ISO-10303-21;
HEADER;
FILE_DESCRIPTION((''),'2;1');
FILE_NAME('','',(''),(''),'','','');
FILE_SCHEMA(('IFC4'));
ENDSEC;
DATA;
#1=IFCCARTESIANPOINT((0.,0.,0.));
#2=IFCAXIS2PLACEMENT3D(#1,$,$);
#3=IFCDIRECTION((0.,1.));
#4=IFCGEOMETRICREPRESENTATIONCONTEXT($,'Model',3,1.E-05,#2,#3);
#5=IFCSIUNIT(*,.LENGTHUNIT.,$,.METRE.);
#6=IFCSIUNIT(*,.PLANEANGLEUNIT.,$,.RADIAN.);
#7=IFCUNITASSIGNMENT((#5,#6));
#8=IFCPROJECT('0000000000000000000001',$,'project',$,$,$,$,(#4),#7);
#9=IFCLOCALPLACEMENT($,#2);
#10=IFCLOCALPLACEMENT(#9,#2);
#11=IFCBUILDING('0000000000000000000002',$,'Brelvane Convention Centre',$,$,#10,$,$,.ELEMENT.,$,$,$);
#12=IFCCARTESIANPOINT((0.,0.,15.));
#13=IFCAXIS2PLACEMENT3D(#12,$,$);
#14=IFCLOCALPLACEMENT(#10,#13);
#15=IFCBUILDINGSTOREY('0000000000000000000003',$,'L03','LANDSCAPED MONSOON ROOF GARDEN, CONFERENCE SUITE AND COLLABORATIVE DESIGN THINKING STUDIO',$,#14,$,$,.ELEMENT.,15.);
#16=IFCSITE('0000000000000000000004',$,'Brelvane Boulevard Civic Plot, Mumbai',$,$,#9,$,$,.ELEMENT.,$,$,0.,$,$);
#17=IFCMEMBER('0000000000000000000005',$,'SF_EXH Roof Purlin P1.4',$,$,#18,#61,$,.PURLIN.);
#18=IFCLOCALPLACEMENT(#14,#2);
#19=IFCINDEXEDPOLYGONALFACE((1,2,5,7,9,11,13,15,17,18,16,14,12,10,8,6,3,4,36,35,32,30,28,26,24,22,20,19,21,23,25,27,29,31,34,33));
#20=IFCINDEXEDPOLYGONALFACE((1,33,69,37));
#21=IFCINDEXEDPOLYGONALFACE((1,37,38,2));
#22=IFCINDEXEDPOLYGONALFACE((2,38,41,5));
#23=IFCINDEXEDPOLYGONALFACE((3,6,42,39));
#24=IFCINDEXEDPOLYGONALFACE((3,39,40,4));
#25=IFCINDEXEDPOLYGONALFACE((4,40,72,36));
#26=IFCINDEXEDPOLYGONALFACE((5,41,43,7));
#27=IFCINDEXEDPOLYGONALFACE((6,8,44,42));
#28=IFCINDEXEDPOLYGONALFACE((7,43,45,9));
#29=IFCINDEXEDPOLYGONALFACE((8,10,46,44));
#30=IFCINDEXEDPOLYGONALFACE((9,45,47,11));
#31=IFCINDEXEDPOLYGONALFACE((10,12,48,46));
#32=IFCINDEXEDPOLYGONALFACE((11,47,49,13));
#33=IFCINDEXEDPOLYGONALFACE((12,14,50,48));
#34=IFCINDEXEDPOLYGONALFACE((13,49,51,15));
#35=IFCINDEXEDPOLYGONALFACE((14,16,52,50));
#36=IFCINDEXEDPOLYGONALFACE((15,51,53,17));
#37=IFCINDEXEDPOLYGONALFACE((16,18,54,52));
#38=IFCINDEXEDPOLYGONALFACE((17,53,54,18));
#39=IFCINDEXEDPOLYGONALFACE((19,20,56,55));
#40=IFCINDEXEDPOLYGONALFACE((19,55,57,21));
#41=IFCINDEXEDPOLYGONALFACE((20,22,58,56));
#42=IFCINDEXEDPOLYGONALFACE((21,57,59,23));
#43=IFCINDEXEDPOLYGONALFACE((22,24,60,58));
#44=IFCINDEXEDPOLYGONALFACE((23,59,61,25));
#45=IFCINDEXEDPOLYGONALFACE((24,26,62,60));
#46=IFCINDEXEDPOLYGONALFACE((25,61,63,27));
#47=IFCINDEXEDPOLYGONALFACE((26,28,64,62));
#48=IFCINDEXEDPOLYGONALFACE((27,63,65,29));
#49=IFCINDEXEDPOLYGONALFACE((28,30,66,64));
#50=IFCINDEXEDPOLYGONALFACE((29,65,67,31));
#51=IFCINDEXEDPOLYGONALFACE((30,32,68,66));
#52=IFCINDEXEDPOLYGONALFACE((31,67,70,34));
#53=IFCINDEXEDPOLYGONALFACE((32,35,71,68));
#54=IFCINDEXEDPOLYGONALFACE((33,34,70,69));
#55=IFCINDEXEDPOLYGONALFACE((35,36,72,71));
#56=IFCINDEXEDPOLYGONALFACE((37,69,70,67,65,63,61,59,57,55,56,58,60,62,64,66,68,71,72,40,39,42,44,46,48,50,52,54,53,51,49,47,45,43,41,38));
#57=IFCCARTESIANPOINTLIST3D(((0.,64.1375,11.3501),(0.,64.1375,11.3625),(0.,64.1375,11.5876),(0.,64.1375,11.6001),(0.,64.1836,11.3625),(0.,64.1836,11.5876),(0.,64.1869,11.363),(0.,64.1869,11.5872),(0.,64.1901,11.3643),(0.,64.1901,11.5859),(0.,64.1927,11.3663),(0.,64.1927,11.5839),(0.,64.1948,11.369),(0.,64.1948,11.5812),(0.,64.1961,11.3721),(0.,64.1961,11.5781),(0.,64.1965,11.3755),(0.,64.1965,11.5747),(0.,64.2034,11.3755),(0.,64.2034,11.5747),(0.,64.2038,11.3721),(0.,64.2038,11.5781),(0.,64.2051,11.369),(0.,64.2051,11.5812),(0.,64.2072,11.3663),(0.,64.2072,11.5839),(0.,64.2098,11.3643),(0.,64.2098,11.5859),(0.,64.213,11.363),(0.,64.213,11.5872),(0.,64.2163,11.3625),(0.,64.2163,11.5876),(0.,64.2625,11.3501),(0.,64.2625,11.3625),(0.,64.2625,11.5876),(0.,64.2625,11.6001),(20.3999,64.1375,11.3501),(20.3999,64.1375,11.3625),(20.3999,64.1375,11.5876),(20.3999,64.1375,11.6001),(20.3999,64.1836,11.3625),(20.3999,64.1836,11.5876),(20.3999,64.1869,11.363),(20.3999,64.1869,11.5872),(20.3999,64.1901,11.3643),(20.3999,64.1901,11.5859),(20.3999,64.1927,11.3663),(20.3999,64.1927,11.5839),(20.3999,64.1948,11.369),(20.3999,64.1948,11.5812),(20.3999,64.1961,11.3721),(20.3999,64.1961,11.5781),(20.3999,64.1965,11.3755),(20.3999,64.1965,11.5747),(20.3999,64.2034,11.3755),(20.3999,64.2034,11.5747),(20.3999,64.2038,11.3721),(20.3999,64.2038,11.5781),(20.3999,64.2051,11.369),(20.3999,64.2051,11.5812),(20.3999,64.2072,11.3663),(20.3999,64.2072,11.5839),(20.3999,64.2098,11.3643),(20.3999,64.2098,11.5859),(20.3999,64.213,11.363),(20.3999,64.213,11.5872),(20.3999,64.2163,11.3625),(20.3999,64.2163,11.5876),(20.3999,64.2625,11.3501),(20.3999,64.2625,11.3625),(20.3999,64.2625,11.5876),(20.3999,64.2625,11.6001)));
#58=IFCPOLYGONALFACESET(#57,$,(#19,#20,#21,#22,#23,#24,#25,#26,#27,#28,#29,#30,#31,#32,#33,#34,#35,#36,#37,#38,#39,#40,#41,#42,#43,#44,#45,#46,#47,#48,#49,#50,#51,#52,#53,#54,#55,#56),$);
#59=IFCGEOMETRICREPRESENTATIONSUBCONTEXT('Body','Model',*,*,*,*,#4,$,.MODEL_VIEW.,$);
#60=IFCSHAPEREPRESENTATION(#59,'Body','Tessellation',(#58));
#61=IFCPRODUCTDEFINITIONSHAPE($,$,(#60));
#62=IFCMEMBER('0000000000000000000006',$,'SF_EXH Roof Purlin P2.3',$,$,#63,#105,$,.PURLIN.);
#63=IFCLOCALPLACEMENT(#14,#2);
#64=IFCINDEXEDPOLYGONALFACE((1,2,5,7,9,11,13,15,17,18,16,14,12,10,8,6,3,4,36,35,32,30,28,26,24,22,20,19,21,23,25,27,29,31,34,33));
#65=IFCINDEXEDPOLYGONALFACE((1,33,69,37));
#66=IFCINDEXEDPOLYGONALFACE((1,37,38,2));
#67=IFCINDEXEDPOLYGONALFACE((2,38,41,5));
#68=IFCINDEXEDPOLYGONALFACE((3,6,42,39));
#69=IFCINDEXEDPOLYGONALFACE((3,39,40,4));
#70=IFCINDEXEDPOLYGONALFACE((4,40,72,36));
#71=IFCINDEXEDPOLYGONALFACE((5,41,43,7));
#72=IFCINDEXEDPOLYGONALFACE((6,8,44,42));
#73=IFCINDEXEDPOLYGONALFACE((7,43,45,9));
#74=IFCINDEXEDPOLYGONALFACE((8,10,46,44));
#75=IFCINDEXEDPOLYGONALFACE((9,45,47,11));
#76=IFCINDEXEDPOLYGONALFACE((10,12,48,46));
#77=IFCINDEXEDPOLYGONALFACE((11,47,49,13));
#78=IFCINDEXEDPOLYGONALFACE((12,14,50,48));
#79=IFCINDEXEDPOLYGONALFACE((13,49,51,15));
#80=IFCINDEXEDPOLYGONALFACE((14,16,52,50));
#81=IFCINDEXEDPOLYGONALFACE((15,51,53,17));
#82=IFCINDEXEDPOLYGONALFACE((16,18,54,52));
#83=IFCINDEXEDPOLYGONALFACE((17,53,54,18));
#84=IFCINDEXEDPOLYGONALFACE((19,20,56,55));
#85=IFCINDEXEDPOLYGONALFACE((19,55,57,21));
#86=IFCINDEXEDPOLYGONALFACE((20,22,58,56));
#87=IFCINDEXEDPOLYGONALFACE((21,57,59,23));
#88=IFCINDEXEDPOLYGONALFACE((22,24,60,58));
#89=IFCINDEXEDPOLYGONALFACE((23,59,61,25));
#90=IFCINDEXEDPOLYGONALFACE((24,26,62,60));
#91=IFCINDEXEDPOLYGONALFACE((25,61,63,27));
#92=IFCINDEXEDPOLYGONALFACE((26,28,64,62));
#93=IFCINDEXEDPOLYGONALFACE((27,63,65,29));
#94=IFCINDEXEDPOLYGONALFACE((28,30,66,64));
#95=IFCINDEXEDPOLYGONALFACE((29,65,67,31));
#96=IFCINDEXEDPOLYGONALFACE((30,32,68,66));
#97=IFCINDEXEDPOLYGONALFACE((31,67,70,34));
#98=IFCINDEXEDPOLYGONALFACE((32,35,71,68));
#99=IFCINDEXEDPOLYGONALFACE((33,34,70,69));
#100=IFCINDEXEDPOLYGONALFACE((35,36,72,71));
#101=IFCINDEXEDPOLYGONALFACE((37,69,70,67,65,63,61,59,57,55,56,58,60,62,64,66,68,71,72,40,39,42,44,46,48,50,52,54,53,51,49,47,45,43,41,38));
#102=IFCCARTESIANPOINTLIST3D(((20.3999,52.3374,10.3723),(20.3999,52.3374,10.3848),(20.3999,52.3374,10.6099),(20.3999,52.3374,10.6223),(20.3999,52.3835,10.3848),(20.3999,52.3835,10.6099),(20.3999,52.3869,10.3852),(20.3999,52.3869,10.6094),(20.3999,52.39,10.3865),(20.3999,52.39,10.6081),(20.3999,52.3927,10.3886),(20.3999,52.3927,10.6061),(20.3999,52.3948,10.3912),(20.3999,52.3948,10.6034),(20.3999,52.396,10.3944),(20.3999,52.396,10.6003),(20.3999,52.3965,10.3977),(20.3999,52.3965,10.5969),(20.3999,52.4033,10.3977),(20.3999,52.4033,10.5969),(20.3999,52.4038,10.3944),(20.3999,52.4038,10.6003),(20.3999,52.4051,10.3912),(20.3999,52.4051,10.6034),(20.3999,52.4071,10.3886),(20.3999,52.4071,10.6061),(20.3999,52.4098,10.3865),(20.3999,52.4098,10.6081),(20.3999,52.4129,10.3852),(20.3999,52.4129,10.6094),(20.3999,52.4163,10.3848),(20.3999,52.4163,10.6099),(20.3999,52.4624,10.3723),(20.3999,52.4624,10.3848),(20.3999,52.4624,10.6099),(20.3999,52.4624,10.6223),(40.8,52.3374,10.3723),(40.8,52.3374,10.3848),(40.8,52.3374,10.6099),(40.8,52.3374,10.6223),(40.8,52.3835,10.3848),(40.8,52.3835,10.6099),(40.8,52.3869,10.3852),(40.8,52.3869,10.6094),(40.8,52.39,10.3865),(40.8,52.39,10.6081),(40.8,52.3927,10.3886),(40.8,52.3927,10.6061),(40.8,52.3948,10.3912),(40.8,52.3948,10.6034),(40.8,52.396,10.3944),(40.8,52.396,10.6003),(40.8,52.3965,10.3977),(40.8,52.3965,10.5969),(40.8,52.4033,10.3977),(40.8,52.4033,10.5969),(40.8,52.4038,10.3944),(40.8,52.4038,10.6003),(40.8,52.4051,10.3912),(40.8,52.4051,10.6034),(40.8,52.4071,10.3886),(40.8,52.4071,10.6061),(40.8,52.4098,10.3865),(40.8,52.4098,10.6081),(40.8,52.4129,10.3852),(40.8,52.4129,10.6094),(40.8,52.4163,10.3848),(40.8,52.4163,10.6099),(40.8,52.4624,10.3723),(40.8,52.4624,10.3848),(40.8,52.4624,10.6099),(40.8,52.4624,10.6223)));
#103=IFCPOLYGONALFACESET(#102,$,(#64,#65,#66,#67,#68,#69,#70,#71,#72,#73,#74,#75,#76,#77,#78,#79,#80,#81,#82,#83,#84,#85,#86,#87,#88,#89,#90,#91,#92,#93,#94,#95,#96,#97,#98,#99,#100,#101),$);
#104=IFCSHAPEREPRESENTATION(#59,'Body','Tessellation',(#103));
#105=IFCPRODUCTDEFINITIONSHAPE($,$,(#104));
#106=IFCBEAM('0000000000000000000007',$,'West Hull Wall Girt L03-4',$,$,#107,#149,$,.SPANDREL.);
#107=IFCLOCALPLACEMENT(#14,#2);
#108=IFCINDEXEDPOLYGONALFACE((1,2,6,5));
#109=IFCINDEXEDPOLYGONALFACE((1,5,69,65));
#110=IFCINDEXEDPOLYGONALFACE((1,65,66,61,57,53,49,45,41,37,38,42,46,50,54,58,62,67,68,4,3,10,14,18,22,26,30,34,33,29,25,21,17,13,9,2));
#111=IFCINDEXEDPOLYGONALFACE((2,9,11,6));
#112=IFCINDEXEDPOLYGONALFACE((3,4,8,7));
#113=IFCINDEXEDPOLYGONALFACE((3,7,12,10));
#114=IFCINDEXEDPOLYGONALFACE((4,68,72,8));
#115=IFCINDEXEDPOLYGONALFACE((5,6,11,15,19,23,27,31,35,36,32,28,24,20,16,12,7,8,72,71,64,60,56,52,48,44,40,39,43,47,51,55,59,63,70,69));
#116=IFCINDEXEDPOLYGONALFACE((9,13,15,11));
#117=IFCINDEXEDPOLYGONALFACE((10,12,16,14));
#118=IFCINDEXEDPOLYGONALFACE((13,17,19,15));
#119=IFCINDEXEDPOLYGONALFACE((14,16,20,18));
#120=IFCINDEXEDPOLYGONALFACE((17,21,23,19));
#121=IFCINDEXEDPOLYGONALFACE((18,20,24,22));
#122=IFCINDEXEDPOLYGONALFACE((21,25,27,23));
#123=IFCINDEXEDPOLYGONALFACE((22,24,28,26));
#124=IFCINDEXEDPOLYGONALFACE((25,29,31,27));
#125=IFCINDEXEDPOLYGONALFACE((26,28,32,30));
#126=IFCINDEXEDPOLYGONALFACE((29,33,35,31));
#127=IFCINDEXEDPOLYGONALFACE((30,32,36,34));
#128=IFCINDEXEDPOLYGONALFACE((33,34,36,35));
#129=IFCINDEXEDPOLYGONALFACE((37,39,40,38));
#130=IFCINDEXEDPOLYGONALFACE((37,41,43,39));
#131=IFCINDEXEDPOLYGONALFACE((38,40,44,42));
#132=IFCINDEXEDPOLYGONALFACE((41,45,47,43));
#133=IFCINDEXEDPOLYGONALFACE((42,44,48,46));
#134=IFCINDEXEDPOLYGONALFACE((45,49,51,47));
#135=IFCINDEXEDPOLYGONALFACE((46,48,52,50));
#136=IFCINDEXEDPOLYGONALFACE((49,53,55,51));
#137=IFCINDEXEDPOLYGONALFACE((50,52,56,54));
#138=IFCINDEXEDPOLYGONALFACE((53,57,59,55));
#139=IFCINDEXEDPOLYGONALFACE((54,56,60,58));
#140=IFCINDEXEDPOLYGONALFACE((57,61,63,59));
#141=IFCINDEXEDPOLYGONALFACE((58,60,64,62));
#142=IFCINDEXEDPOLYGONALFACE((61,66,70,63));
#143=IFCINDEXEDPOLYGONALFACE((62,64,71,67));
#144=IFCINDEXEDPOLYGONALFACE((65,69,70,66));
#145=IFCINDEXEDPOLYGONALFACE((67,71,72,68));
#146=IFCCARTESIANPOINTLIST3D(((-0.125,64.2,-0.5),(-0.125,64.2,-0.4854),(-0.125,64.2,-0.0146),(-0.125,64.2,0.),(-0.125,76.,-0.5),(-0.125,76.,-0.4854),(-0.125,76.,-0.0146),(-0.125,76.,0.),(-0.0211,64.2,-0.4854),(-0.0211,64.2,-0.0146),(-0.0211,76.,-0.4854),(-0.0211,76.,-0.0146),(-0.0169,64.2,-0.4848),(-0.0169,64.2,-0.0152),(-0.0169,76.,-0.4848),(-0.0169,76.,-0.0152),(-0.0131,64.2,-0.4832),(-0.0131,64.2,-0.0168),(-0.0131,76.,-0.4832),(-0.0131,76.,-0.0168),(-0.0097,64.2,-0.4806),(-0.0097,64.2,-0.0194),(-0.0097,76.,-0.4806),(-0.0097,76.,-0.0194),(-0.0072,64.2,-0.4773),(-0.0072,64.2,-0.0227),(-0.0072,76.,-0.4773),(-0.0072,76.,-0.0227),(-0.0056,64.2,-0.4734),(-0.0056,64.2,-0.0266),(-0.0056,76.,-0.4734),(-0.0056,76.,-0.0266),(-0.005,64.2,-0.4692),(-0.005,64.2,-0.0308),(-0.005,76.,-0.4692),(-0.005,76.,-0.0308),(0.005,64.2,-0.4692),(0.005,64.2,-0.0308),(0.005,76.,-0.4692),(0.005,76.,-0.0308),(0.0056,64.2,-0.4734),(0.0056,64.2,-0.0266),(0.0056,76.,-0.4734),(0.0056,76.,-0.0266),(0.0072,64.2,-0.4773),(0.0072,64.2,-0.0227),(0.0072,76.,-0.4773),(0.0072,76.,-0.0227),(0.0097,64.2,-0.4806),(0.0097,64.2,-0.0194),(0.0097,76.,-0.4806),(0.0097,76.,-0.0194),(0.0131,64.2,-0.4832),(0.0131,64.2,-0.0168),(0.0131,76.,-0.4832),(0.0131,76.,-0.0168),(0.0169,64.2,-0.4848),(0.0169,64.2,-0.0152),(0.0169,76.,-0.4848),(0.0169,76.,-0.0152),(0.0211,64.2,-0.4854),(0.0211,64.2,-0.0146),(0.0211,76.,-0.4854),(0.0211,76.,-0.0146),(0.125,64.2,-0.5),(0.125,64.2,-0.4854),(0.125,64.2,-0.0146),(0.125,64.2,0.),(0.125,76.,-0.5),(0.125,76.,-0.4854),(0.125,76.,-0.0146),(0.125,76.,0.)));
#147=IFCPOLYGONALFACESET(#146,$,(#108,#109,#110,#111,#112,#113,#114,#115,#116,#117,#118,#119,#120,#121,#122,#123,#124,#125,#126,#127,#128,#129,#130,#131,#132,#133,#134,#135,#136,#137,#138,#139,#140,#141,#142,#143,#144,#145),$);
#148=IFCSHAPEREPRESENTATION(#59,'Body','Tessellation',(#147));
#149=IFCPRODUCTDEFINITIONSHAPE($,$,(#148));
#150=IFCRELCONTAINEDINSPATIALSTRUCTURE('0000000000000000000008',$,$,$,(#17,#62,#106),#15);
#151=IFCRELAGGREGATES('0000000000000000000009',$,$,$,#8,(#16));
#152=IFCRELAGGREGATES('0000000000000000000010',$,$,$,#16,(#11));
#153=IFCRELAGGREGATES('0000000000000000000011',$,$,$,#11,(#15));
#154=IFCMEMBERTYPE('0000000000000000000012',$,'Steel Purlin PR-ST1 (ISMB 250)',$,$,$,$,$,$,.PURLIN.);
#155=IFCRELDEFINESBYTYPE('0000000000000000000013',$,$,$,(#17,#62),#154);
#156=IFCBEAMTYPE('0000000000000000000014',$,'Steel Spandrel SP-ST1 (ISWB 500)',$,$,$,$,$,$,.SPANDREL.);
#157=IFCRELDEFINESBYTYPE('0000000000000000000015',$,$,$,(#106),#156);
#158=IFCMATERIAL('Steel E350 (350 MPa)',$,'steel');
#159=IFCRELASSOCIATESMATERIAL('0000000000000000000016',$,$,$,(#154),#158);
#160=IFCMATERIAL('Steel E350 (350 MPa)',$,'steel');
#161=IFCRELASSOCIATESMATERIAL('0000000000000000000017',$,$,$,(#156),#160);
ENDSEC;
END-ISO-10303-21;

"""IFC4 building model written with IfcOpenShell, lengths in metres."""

from ifc_helpers import new_model, si_unit, direction, frame, origin, origin_2d, place, context, subcontext, project, spatial, i_section, extrude, material, material_profile, profile_set, type_object, element, save


model = new_model("IFC4")

# Units and contexts
model_context = context("Model", 3, precision=1e-05, world=origin(), true_north=direction((0.0, 1.0)))
body_context = subcontext(model_context, "Body", "Model", "MODEL_VIEW")
ifc_project = project(units=[si_unit("LENGTHUNIT", "METRE"), si_unit("PLANEANGLEUNIT", "RADIAN")], contexts=[model_context])

# Site, building, storey
site_placement = place(None, origin())
site = spatial("IfcSite", under=ifc_project, at=site_placement, Name="Brelvane Boulevard Civic Plot, Mumbai", CompositionType="ELEMENT", RefElevation=0.0)
building_placement = place(site_placement, origin())
building = spatial("IfcBuilding", under=site, at=building_placement, Name="Brelvane Convention Centre", CompositionType="ELEMENT")
storey_placement = place(building_placement, frame((0.0, 0.0, 15.0)))
storey = spatial("IfcBuildingStorey", under=building, at=storey_placement, Name="L03", Description="LANDSCAPED MONSOON ROOF GARDEN, CONFERENCE SUITE AND COLLABORATIVE DESIGN THINKING STUDIO", CompositionType="ELEMENT", Elevation=15.0)

# Members
ifc_material_1 = material(Name="Steel E350 (350 MPa)", Category="steel")
ifc_material_profile_1 = material_profile(ifc_material_1, i_section(OverallWidth=0.125, OverallDepth=0.25, WebThickness=0.0068, FlangeThickness=0.0125, FilletRadius=0.0129, at=origin_2d()), Name="ISMB 250")
ifc_profile_set_1 = profile_set([ifc_material_profile_1], Name="Steel E350 (350 MPa)")
member_type_1 = type_object("IfcMemberType", Name="Steel Purlin PR-ST1 (ISMB 250)", PredefinedType="PURLIN", material=ifc_profile_set_1)
for number, where, z_axis, x_axis, name in (
    (1, (0.0, 64.2, 11.4751), (1.0, 0.0, 0.0), (0.0, 1.0, 0.0), "SF_EXH Roof Purlin P1.4"),
):
    element("IfcMember", number, at=place(storey_placement, frame(where, z_axis=z_axis, x_axis=x_axis)), inside=storey, type_object=member_type_1, Name=name, PredefinedType="PURLIN", context=body_context, shape_type="SweptSolid", body=[
        extrude(i_section(OverallWidth=0.125, OverallDepth=0.25, WebThickness=0.0068, FlangeThickness=0.0125, FilletRadius=0.0129, at=origin_2d()), origin(), (0.0, 0.0, 1.0), 20.3999),
    ])
member_1_placement = place(storey_placement, frame((20.3999, 52.3999, 10.4973), z_axis=(1.0, 0.0, 0.0), x_axis=(0.0, 1.0, 0.0)))
element("IfcMember", 2, at=member_1_placement, inside=storey, type_object=member_type_1, Name="SF_EXH Roof Purlin P2.3", PredefinedType="PURLIN", context=body_context, shape_type="SweptSolid", body=[
    extrude(i_section(OverallWidth=0.125, OverallDepth=0.25, WebThickness=0.0068, FlangeThickness=0.0125, FilletRadius=0.0129, at=origin_2d()), origin(), (0.0, 0.0, 1.0), 20.4001),
])

# Beam
ifc_material_2 = material(Name="Steel E350 (350 MPa)", Category="steel")
ifc_material_profile_2 = material_profile(ifc_material_2, i_section(OverallWidth=0.25, OverallDepth=0.5, WebThickness=0.01, FlangeThickness=0.0146, FilletRadius=0.0161, at=origin_2d()), Name="ISWB 500")
ifc_profile_set_2 = profile_set([ifc_material_profile_2], Name="Steel E350 (350 MPa)")
beam_type_1 = type_object("IfcBeamType", Name="Steel Spandrel SP-ST1 (ISWB 500)", PredefinedType="SPANDREL", material=ifc_profile_set_2)
beam_1_placement = place(storey_placement, frame((0.0, 64.2, -0.25), z_axis=(0.0, 1.0, 0.0), x_axis=(-1.0, 0.0, 0.0)))
element("IfcBeam", 3, at=beam_1_placement, inside=storey, type_object=beam_type_1, Name="West Hull Wall Girt L03-4", PredefinedType="SPANDREL", context=body_context, shape_type="SweptSolid", body=[
    extrude(i_section(OverallWidth=0.25, OverallDepth=0.5, WebThickness=0.01, FlangeThickness=0.0146, FilletRadius=0.0161, at=origin_2d()), origin(), (0.0, 0.0, 1.0), 11.8),
])

save(model, "model.ifc")
